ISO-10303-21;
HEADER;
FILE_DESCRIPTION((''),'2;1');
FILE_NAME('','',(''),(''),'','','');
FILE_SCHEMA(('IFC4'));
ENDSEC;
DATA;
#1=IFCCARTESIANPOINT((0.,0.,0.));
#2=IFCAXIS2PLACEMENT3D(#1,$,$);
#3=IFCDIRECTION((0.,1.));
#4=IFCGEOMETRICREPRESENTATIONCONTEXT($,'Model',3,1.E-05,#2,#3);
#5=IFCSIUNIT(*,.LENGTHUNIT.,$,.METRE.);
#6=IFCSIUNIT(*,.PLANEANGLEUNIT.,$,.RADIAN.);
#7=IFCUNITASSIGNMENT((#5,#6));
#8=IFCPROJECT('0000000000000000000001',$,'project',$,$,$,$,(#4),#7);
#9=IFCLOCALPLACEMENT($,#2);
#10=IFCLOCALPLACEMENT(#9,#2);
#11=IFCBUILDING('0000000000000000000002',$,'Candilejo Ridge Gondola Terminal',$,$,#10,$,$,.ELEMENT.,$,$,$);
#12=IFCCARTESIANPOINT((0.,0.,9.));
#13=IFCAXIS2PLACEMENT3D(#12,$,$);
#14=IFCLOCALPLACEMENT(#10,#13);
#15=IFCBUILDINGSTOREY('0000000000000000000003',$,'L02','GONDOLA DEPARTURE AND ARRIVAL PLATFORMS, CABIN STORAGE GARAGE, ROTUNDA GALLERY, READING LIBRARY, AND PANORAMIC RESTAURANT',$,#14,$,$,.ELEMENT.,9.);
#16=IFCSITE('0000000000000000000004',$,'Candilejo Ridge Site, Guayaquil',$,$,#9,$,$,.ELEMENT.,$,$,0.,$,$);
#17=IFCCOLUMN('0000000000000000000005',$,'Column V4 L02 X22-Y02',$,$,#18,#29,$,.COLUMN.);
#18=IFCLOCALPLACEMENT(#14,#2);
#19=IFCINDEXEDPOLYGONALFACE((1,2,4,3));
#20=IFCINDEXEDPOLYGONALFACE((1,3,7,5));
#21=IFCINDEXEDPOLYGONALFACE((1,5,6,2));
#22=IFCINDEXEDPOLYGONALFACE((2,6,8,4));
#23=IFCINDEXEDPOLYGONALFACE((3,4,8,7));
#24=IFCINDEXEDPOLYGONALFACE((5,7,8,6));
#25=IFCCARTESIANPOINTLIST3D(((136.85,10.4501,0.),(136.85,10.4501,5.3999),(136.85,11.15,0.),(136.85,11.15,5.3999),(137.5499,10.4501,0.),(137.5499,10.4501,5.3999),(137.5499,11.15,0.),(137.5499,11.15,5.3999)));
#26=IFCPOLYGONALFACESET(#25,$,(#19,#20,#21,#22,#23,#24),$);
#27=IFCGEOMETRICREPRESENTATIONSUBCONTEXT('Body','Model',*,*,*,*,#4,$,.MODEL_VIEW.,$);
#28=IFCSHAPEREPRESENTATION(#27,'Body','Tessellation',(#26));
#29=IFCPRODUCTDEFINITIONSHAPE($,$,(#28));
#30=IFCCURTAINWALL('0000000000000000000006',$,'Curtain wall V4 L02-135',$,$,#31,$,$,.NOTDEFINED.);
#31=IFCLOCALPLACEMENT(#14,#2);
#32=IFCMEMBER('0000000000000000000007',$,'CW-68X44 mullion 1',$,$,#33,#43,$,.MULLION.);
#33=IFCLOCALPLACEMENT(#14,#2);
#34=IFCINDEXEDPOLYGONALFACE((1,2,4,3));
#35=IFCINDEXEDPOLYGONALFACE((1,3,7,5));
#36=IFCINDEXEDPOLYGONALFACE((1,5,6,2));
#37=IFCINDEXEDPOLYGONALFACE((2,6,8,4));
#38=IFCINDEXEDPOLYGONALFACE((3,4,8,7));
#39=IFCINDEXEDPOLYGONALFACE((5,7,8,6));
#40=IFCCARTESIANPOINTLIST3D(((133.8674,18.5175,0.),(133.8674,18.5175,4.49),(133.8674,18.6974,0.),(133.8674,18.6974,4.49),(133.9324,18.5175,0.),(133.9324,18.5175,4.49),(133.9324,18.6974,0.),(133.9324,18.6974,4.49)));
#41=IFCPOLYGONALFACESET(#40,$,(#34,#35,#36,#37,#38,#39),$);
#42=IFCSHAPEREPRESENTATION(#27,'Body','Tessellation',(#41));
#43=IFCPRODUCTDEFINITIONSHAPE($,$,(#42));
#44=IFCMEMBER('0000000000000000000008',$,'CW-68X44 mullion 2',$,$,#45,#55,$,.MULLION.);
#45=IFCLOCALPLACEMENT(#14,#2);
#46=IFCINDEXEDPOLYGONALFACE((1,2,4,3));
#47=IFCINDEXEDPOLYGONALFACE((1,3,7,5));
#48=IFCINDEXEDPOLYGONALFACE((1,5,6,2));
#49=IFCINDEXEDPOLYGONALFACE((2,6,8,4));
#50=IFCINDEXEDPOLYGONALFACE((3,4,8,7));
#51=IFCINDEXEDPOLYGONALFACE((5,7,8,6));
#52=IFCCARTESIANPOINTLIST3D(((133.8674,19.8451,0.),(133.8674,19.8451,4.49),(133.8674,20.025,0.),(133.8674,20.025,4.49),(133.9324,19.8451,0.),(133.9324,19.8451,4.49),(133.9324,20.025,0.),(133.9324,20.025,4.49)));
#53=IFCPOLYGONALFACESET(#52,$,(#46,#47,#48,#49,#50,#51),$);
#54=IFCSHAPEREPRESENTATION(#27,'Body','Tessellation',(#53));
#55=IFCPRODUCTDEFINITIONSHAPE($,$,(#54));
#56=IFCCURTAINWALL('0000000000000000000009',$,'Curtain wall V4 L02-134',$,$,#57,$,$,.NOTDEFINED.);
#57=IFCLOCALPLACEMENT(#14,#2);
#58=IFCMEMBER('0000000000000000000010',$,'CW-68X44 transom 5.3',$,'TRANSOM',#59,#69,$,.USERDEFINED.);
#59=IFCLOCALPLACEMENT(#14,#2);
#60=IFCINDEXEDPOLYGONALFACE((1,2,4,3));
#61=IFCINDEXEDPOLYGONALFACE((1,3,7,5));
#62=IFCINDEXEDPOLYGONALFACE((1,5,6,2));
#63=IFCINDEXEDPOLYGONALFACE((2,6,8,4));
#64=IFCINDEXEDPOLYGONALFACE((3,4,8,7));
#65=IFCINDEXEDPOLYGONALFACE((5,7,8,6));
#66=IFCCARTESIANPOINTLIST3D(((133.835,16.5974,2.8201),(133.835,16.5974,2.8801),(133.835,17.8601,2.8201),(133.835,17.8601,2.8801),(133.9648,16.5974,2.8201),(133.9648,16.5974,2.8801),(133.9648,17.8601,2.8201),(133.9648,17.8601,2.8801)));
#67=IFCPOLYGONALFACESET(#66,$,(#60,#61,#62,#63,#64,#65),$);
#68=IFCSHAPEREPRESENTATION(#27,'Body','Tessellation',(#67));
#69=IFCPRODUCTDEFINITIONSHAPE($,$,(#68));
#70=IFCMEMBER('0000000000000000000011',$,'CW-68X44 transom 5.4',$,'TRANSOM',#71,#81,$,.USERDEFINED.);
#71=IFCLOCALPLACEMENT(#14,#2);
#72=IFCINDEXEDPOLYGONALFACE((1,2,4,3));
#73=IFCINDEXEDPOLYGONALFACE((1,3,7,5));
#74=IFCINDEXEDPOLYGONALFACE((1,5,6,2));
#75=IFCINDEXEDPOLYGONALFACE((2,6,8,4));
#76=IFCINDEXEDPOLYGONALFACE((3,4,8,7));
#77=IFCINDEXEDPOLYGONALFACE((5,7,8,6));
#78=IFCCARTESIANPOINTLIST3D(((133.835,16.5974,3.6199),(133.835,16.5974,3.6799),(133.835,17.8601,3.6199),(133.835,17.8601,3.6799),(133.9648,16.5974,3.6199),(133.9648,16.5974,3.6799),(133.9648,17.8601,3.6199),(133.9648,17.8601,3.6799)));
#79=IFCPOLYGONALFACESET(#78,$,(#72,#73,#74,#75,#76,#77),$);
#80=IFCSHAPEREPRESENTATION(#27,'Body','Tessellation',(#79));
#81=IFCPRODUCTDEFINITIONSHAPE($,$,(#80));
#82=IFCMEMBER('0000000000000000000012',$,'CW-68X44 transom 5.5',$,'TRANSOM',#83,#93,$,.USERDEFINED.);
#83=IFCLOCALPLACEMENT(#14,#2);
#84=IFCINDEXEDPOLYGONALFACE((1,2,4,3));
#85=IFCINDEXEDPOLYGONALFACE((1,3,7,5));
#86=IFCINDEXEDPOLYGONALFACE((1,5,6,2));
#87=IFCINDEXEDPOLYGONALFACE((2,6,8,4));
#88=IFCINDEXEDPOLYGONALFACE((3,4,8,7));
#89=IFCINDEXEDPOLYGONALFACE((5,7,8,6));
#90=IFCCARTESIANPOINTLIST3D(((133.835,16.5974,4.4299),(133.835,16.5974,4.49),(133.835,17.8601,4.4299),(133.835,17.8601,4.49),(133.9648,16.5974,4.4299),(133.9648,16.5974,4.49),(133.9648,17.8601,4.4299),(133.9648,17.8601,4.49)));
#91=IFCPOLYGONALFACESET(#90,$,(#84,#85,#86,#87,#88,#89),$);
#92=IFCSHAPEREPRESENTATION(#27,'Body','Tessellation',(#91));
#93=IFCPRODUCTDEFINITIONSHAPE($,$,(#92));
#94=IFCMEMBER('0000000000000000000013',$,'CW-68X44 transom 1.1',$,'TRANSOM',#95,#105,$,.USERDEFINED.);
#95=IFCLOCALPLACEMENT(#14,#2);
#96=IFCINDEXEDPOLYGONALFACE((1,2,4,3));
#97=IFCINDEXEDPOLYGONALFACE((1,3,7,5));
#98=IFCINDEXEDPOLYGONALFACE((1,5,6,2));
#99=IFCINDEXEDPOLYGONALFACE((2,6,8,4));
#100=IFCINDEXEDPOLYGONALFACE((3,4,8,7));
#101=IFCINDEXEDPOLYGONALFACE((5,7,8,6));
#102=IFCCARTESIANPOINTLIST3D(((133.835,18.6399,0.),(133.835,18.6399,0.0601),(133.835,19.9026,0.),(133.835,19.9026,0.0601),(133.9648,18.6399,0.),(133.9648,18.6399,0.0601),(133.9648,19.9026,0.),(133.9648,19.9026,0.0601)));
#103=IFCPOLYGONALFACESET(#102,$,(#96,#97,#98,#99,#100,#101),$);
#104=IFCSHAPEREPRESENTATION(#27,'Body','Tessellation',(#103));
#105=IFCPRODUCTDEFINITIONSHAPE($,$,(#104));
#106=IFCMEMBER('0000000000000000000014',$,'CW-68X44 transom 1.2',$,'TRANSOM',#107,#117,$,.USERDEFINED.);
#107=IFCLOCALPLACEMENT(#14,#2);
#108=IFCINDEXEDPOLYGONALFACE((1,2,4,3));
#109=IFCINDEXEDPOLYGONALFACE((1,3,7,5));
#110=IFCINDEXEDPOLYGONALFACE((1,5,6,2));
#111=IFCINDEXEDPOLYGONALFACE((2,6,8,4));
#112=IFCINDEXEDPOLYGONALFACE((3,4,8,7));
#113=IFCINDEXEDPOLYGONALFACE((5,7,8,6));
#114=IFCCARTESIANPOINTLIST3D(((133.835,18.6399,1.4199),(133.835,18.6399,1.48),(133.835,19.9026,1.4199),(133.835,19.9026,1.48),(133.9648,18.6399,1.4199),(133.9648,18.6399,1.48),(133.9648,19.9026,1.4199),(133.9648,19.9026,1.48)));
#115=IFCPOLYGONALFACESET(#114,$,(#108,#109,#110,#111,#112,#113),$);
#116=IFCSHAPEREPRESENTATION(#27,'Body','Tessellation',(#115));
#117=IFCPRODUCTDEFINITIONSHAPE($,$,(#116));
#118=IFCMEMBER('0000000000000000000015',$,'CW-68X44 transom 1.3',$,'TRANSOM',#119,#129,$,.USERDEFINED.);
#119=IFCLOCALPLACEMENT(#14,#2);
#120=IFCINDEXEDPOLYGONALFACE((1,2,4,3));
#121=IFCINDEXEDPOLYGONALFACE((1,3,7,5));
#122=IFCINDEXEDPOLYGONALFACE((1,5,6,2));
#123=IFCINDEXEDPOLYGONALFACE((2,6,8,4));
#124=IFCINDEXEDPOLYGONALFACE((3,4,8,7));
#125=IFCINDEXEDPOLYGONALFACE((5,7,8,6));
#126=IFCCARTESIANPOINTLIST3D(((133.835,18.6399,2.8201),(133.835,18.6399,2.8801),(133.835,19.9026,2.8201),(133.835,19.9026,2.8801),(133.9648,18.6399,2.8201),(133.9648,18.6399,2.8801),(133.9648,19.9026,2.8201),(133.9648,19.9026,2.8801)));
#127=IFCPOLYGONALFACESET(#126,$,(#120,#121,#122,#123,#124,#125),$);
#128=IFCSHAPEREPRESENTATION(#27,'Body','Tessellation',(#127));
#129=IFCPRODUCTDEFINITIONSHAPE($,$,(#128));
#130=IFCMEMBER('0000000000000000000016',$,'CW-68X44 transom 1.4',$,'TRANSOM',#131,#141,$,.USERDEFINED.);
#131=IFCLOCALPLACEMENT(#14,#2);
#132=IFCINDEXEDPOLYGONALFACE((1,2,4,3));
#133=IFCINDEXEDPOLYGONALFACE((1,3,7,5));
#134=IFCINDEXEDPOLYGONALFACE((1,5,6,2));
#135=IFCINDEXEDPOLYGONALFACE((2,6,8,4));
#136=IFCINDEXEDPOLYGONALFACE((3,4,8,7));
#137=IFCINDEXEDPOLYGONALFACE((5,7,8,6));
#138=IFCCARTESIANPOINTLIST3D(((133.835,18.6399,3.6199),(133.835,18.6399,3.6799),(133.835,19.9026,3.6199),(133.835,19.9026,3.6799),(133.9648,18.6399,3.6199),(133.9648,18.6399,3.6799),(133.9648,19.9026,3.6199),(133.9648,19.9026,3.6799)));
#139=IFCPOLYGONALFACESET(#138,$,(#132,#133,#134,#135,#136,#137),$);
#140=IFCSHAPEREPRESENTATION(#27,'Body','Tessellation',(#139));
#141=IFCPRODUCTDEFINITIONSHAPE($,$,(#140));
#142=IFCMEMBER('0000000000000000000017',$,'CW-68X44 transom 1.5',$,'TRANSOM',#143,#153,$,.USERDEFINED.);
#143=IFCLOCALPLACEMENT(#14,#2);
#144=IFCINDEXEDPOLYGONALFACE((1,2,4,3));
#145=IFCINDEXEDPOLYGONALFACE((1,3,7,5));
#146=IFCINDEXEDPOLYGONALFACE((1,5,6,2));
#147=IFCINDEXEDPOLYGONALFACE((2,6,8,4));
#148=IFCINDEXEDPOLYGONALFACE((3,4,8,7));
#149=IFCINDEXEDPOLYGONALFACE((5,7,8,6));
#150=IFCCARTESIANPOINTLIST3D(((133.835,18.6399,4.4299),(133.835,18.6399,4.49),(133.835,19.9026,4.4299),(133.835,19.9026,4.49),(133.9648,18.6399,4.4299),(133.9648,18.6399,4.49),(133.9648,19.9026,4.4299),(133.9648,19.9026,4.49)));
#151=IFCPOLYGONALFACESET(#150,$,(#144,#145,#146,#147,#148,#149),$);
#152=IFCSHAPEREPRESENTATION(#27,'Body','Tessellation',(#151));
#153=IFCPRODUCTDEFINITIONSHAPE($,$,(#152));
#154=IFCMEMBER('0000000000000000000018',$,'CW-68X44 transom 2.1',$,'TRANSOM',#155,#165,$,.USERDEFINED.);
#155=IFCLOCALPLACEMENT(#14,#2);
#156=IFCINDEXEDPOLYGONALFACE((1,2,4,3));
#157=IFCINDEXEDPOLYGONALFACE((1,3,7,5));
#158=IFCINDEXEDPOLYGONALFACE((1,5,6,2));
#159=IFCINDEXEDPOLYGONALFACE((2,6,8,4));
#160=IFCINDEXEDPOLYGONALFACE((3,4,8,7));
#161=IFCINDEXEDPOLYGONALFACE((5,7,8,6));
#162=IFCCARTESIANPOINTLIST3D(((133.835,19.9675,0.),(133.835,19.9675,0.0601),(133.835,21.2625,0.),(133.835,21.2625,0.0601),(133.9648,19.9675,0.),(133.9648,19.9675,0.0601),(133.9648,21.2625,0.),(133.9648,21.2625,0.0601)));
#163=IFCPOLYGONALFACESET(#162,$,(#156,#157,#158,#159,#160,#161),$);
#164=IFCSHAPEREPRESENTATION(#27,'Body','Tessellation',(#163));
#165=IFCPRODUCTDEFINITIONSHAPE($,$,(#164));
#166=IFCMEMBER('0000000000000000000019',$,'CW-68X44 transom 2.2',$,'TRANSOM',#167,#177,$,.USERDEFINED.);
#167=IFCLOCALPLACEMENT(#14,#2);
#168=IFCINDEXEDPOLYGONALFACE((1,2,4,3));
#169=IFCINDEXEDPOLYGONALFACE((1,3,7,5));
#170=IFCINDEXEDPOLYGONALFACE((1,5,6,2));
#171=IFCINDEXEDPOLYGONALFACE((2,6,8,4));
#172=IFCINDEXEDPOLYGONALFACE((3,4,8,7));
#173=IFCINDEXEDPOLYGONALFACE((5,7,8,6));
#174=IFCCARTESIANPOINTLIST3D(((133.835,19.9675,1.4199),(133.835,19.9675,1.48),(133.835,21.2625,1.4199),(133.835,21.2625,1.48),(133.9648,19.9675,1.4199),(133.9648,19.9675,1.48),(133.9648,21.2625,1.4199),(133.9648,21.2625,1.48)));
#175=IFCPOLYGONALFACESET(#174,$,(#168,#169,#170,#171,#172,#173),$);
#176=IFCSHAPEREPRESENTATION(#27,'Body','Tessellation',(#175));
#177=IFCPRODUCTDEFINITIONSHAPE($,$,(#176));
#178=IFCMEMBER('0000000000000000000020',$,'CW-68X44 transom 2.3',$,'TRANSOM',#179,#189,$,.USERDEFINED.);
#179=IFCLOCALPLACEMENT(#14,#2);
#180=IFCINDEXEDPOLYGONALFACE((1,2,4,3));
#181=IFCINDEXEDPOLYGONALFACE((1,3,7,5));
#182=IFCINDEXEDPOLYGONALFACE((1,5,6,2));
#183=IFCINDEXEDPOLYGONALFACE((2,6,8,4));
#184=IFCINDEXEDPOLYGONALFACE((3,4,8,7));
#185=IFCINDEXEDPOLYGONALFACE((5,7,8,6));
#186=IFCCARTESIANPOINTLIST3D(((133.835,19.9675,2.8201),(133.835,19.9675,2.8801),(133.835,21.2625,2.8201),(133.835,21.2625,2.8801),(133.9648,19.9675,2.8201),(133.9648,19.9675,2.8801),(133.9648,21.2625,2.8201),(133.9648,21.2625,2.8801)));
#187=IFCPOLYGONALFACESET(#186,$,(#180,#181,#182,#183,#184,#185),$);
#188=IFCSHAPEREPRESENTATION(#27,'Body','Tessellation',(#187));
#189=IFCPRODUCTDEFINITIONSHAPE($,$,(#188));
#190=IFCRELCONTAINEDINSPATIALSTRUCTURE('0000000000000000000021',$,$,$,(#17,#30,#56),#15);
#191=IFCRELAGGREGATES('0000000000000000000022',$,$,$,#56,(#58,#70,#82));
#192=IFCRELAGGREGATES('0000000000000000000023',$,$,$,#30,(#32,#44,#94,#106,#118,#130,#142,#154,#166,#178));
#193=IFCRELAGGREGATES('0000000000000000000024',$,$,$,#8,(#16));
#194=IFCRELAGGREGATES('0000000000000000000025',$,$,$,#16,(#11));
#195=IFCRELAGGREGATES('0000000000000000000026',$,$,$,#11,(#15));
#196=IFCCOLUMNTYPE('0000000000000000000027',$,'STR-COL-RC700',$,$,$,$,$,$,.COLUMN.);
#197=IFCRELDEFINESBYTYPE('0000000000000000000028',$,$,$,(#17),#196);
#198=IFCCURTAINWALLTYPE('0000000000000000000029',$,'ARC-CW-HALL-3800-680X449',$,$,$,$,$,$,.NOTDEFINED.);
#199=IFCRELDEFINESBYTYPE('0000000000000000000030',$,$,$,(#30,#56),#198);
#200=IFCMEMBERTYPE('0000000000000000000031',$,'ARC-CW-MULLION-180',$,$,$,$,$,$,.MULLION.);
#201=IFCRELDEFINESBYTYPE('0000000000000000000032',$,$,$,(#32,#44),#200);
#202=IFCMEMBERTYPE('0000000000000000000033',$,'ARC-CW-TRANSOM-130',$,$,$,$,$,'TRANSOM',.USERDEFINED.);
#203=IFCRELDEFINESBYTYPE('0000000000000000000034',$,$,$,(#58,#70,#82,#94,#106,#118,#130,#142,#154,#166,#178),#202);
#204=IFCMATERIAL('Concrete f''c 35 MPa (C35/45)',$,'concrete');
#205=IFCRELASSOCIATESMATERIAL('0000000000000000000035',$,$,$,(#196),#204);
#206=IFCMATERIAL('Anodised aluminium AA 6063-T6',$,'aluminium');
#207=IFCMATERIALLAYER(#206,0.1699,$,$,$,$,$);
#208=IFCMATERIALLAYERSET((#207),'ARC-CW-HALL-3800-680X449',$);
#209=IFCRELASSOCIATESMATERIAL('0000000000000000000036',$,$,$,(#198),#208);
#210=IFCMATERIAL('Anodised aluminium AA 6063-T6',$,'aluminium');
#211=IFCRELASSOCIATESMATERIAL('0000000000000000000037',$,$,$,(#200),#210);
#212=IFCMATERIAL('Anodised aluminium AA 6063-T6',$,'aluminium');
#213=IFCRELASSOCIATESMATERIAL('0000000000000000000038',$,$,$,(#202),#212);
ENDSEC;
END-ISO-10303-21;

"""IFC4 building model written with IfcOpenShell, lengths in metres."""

from ifc_helpers import new_model, si_unit, direction, frame, origin, origin_2d, place, context, subcontext, project, spatial, rectangle, extrude, material, layer, layer_set, material_profile, profile_set, type_object, element, aggregate, save


model = new_model("IFC4")

# Units and contexts
model_context = context("Model", 3, precision=1e-05, world=origin(), true_north=direction((0.0, 1.0)))
body_context = subcontext(model_context, "Body", "Model", "MODEL_VIEW")
ifc_project = project(units=[si_unit("LENGTHUNIT", "METRE"), si_unit("PLANEANGLEUNIT", "RADIAN")], contexts=[model_context])

# Site, building, storey
site_placement = place(None, origin())
site = spatial("IfcSite", under=ifc_project, at=site_placement, Name="Candilejo Ridge Site, Guayaquil", CompositionType="ELEMENT", RefElevation=0.0)
building_placement = place(site_placement, origin())
building = spatial("IfcBuilding", under=site, at=building_placement, Name="Candilejo Ridge Gondola Terminal", CompositionType="ELEMENT")
storey_placement = place(building_placement, frame((0.0, 0.0, 9.0)))
storey = spatial("IfcBuildingStorey", under=building, at=storey_placement, Name="L02", Description="GONDOLA DEPARTURE AND ARRIVAL PLATFORMS, CABIN STORAGE GARAGE, ROTUNDA GALLERY, READING LIBRARY, AND PANORAMIC RESTAURANT", CompositionType="ELEMENT", Elevation=9.0)

# Column
ifc_material_1 = material(Name="Concrete f'c 35 MPa (C35/45)", Category="concrete")
ifc_material_profile_1 = material_profile(ifc_material_1, rectangle(XDim=0.7, YDim=0.7, at=origin_2d()))
ifc_profile_set_1 = profile_set([ifc_material_profile_1], Name="Concrete f'c 35 MPa (C35/45)")
column_type = type_object("IfcColumnType", Name="STR-COL-RC700", PredefinedType="COLUMN", material=ifc_profile_set_1)
column_placement = place(storey_placement, frame((137.2, 10.8, 0.0), z_axis=(0.0, 0.0, 1.0), x_axis=(1.0, 0.0, 0.0)))
element("IfcColumn", 1, at=column_placement, inside=storey, type_object=column_type, Name="Column V4 L02 X22-Y02", PredefinedType="COLUMN", context=body_context, shape_type="SweptSolid", body=[
    extrude(rectangle(XDim=0.7, YDim=0.7, at=origin_2d()), origin(), (0.0, 0.0, 1.0), 5.3999),
])

# Curtain walls, members
ifc_material_2 = material(Name="Anodised aluminium AA 6063-T6", Category="aluminium")
ifc_layer_1 = layer(ifc_material_2, 0.1699)
ifc_layer_set_1 = layer_set([ifc_layer_1], Name="ARC-CW-HALL-3800-680X449")
curtain_wall_type = type_object("IfcCurtainWallType", Name="ARC-CW-HALL-3800-680X449", PredefinedType="NOTDEFINED", material=ifc_layer_set_1)
curtain_wall_1_placement = place(storey_placement, origin())
curtain_wall_1 = element("IfcCurtainWall", 2, at=curtain_wall_1_placement, inside=storey, type_object=curtain_wall_type, Name="Curtain wall V4 L02-135", PredefinedType="NOTDEFINED")
ifc_material_3 = material(Name="Anodised aluminium AA 6063-T6", Category="aluminium")
ifc_material_profile_2 = material_profile(ifc_material_3, rectangle(XDim=0.0649, YDim=0.1799, at=origin_2d()))
ifc_profile_set_2 = profile_set([ifc_material_profile_2], Name="Anodised aluminium AA 6063-T6")
member_type_1 = type_object("IfcMemberType", Name="ARC-CW-MULLION-180", PredefinedType="MULLION", material=ifc_profile_set_2)
member_1_placement = place(storey_placement, frame((133.8999, 18.6074, 0.0), z_axis=(0.0, 0.0, 1.0), x_axis=(-1.0, 0.0, 0.0)))
member_1 = element("IfcMember", 3, at=member_1_placement, type_object=member_type_1, Name="CW-68X44 mullion 1", PredefinedType="MULLION", context=body_context, shape_type="SweptSolid", body=[
    extrude(rectangle(XDim=0.0649, YDim=0.1799, at=origin_2d()), origin(), (0.0, 0.0, 1.0), 4.49),
])
member_2_placement = place(storey_placement, frame((133.8999, 19.9351, 0.0), z_axis=(0.0, 0.0, 1.0), x_axis=(-1.0, 0.0, 0.0)))
member_2 = element("IfcMember", 4, at=member_2_placement, type_object=member_type_1, Name="CW-68X44 mullion 2", PredefinedType="MULLION", context=body_context, shape_type="SweptSolid", body=[
    extrude(rectangle(XDim=0.0649, YDim=0.1799, at=origin_2d()), origin(), (0.0, 0.0, 1.0), 4.49),
])
curtain_wall_2_placement = place(storey_placement, origin())
curtain_wall_2 = element("IfcCurtainWall", 5, at=curtain_wall_2_placement, inside=storey, type_object=curtain_wall_type, Name="Curtain wall V4 L02-134", PredefinedType="NOTDEFINED")
ifc_material_4 = material(Name="Anodised aluminium AA 6063-T6", Category="aluminium")
ifc_material_profile_3 = material_profile(ifc_material_4, rectangle(XDim=0.1299, YDim=0.0601, at=origin_2d()))
ifc_profile_set_3 = profile_set([ifc_material_profile_3], Name="Anodised aluminium AA 6063-T6")
member_type_2 = type_object("IfcMemberType", Name="ARC-CW-TRANSOM-130", ElementType="TRANSOM", PredefinedType="USERDEFINED", material=ifc_profile_set_3)
member_3_placement = place(storey_placement, frame((133.8999, 16.5974, 2.8501), z_axis=(0.0, 1.0, 0.0), x_axis=(-1.0, 0.0, 0.0)))
member_3 = element("IfcMember", 6, at=member_3_placement, type_object=member_type_2, Name="CW-68X44 transom 5.3", ObjectType="TRANSOM", PredefinedType="USERDEFINED", context=body_context, shape_type="SweptSolid", body=[
    extrude(rectangle(XDim=0.1299, YDim=0.0601, at=origin_2d()), origin(), (0.0, 0.0, 1.0), 1.2627),
])
member_4_placement = place(storey_placement, frame((133.8999, 16.5974, 3.6499), z_axis=(0.0, 1.0, 0.0), x_axis=(-1.0, 0.0, 0.0)))
member_4 = element("IfcMember", 7, at=member_4_placement, type_object=member_type_2, Name="CW-68X44 transom 5.4", ObjectType="TRANSOM", PredefinedType="USERDEFINED", context=body_context, shape_type="SweptSolid", body=[
    extrude(rectangle(XDim=0.1299, YDim=0.0601, at=origin_2d()), origin(), (0.0, 0.0, 1.0), 1.2627),
])
member_5_placement = place(storey_placement, frame((133.8999, 16.5974, 4.46), z_axis=(0.0, 1.0, 0.0), x_axis=(-1.0, 0.0, 0.0)))
member_5 = element("IfcMember", 8, at=member_5_placement, type_object=member_type_2, Name="CW-68X44 transom 5.5", ObjectType="TRANSOM", PredefinedType="USERDEFINED", context=body_context, shape_type="SweptSolid", body=[
    extrude(rectangle(XDim=0.1299, YDim=0.0601, at=origin_2d()), origin(), (0.0, 0.0, 1.0), 1.2627),
])

# Members
member_6_placement = place(storey_placement, frame((133.8999, 18.6399, 0.03), z_axis=(0.0, 1.0, 0.0), x_axis=(-1.0, 0.0, 0.0)))
member_6 = element("IfcMember", 9, at=member_6_placement, type_object=member_type_2, Name="CW-68X44 transom 1.1", ObjectType="TRANSOM", PredefinedType="USERDEFINED", context=body_context, shape_type="SweptSolid", body=[
    extrude(rectangle(XDim=0.1299, YDim=0.0601, at=origin_2d()), origin(), (0.0, 0.0, 1.0), 1.2627),
])
member_7_placement = place(storey_placement, frame((133.8999, 18.6399, 1.45), z_axis=(0.0, 1.0, 0.0), x_axis=(-1.0, 0.0, 0.0)))
member_7 = element("IfcMember", 10, at=member_7_placement, type_object=member_type_2, Name="CW-68X44 transom 1.2", ObjectType="TRANSOM", PredefinedType="USERDEFINED", context=body_context, shape_type="SweptSolid", body=[
    extrude(rectangle(XDim=0.1299, YDim=0.0601, at=origin_2d()), origin(), (0.0, 0.0, 1.0), 1.2627),
])
member_8_placement = place(storey_placement, frame((133.8999, 18.6399, 2.8501), z_axis=(0.0, 1.0, 0.0), x_axis=(-1.0, 0.0, 0.0)))
member_8 = element("IfcMember", 11, at=member_8_placement, type_object=member_type_2, Name="CW-68X44 transom 1.3", ObjectType="TRANSOM", PredefinedType="USERDEFINED", context=body_context, shape_type="SweptSolid", body=[
    extrude(rectangle(XDim=0.1299, YDim=0.0601, at=origin_2d()), origin(), (0.0, 0.0, 1.0), 1.2627),
])
member_9_placement = place(storey_placement, frame((133.8999, 18.6399, 3.6499), z_axis=(0.0, 1.0, 0.0), x_axis=(-1.0, 0.0, 0.0)))
member_9 = element("IfcMember", 12, at=member_9_placement, type_object=member_type_2, Name="CW-68X44 transom 1.4", ObjectType="TRANSOM", PredefinedType="USERDEFINED", context=body_context, shape_type="SweptSolid", body=[
    extrude(rectangle(XDim=0.1299, YDim=0.0601, at=origin_2d()), origin(), (0.0, 0.0, 1.0), 1.2627),
])
member_10_placement = place(storey_placement, frame((133.8999, 18.6399, 4.46), z_axis=(0.0, 1.0, 0.0), x_axis=(-1.0, 0.0, 0.0)))
member_10 = element("IfcMember", 13, at=member_10_placement, type_object=member_type_2, Name="CW-68X44 transom 1.5", ObjectType="TRANSOM", PredefinedType="USERDEFINED", context=body_context, shape_type="SweptSolid", body=[
    extrude(rectangle(XDim=0.1299, YDim=0.0601, at=origin_2d()), origin(), (0.0, 0.0, 1.0), 1.2627),
])
member_11_placement = place(storey_placement, frame((133.8999, 19.9675, 0.03), z_axis=(0.0, 1.0, 0.0), x_axis=(-1.0, 0.0, 0.0)))
member_11 = element("IfcMember", 14, at=member_11_placement, type_object=member_type_2, Name="CW-68X44 transom 2.1", ObjectType="TRANSOM", PredefinedType="USERDEFINED", context=body_context, shape_type="SweptSolid", body=[
    extrude(rectangle(XDim=0.1299, YDim=0.0601, at=origin_2d()), origin(), (0.0, 0.0, 1.0), 1.2949),
])
member_12_placement = place(storey_placement, frame((133.8999, 19.9675, 1.45), z_axis=(0.0, 1.0, 0.0), x_axis=(-1.0, 0.0, 0.0)))
member_12 = element("IfcMember", 15, at=member_12_placement, type_object=member_type_2, Name="CW-68X44 transom 2.2", ObjectType="TRANSOM", PredefinedType="USERDEFINED", context=body_context, shape_type="SweptSolid", body=[
    extrude(rectangle(XDim=0.1299, YDim=0.0601, at=origin_2d()), origin(), (0.0, 0.0, 1.0), 1.2949),
])
member_13_placement = place(storey_placement, frame((133.8999, 19.9675, 2.8501), z_axis=(0.0, 1.0, 0.0), x_axis=(-1.0, 0.0, 0.0)))
member_13 = element("IfcMember", 16, at=member_13_placement, type_object=member_type_2, Name="CW-68X44 transom 2.3", ObjectType="TRANSOM", PredefinedType="USERDEFINED", context=body_context, shape_type="SweptSolid", body=[
    extrude(rectangle(XDim=0.1299, YDim=0.0601, at=origin_2d()), origin(), (0.0, 0.0, 1.0), 1.2949),
])

aggregate(curtain_wall_2, [member_3, member_4, member_5])
aggregate(curtain_wall_1, [member_1, member_2, member_6, member_7, member_8, member_9, member_10, member_11, member_12, member_13])

save(model, "model.ifc")
